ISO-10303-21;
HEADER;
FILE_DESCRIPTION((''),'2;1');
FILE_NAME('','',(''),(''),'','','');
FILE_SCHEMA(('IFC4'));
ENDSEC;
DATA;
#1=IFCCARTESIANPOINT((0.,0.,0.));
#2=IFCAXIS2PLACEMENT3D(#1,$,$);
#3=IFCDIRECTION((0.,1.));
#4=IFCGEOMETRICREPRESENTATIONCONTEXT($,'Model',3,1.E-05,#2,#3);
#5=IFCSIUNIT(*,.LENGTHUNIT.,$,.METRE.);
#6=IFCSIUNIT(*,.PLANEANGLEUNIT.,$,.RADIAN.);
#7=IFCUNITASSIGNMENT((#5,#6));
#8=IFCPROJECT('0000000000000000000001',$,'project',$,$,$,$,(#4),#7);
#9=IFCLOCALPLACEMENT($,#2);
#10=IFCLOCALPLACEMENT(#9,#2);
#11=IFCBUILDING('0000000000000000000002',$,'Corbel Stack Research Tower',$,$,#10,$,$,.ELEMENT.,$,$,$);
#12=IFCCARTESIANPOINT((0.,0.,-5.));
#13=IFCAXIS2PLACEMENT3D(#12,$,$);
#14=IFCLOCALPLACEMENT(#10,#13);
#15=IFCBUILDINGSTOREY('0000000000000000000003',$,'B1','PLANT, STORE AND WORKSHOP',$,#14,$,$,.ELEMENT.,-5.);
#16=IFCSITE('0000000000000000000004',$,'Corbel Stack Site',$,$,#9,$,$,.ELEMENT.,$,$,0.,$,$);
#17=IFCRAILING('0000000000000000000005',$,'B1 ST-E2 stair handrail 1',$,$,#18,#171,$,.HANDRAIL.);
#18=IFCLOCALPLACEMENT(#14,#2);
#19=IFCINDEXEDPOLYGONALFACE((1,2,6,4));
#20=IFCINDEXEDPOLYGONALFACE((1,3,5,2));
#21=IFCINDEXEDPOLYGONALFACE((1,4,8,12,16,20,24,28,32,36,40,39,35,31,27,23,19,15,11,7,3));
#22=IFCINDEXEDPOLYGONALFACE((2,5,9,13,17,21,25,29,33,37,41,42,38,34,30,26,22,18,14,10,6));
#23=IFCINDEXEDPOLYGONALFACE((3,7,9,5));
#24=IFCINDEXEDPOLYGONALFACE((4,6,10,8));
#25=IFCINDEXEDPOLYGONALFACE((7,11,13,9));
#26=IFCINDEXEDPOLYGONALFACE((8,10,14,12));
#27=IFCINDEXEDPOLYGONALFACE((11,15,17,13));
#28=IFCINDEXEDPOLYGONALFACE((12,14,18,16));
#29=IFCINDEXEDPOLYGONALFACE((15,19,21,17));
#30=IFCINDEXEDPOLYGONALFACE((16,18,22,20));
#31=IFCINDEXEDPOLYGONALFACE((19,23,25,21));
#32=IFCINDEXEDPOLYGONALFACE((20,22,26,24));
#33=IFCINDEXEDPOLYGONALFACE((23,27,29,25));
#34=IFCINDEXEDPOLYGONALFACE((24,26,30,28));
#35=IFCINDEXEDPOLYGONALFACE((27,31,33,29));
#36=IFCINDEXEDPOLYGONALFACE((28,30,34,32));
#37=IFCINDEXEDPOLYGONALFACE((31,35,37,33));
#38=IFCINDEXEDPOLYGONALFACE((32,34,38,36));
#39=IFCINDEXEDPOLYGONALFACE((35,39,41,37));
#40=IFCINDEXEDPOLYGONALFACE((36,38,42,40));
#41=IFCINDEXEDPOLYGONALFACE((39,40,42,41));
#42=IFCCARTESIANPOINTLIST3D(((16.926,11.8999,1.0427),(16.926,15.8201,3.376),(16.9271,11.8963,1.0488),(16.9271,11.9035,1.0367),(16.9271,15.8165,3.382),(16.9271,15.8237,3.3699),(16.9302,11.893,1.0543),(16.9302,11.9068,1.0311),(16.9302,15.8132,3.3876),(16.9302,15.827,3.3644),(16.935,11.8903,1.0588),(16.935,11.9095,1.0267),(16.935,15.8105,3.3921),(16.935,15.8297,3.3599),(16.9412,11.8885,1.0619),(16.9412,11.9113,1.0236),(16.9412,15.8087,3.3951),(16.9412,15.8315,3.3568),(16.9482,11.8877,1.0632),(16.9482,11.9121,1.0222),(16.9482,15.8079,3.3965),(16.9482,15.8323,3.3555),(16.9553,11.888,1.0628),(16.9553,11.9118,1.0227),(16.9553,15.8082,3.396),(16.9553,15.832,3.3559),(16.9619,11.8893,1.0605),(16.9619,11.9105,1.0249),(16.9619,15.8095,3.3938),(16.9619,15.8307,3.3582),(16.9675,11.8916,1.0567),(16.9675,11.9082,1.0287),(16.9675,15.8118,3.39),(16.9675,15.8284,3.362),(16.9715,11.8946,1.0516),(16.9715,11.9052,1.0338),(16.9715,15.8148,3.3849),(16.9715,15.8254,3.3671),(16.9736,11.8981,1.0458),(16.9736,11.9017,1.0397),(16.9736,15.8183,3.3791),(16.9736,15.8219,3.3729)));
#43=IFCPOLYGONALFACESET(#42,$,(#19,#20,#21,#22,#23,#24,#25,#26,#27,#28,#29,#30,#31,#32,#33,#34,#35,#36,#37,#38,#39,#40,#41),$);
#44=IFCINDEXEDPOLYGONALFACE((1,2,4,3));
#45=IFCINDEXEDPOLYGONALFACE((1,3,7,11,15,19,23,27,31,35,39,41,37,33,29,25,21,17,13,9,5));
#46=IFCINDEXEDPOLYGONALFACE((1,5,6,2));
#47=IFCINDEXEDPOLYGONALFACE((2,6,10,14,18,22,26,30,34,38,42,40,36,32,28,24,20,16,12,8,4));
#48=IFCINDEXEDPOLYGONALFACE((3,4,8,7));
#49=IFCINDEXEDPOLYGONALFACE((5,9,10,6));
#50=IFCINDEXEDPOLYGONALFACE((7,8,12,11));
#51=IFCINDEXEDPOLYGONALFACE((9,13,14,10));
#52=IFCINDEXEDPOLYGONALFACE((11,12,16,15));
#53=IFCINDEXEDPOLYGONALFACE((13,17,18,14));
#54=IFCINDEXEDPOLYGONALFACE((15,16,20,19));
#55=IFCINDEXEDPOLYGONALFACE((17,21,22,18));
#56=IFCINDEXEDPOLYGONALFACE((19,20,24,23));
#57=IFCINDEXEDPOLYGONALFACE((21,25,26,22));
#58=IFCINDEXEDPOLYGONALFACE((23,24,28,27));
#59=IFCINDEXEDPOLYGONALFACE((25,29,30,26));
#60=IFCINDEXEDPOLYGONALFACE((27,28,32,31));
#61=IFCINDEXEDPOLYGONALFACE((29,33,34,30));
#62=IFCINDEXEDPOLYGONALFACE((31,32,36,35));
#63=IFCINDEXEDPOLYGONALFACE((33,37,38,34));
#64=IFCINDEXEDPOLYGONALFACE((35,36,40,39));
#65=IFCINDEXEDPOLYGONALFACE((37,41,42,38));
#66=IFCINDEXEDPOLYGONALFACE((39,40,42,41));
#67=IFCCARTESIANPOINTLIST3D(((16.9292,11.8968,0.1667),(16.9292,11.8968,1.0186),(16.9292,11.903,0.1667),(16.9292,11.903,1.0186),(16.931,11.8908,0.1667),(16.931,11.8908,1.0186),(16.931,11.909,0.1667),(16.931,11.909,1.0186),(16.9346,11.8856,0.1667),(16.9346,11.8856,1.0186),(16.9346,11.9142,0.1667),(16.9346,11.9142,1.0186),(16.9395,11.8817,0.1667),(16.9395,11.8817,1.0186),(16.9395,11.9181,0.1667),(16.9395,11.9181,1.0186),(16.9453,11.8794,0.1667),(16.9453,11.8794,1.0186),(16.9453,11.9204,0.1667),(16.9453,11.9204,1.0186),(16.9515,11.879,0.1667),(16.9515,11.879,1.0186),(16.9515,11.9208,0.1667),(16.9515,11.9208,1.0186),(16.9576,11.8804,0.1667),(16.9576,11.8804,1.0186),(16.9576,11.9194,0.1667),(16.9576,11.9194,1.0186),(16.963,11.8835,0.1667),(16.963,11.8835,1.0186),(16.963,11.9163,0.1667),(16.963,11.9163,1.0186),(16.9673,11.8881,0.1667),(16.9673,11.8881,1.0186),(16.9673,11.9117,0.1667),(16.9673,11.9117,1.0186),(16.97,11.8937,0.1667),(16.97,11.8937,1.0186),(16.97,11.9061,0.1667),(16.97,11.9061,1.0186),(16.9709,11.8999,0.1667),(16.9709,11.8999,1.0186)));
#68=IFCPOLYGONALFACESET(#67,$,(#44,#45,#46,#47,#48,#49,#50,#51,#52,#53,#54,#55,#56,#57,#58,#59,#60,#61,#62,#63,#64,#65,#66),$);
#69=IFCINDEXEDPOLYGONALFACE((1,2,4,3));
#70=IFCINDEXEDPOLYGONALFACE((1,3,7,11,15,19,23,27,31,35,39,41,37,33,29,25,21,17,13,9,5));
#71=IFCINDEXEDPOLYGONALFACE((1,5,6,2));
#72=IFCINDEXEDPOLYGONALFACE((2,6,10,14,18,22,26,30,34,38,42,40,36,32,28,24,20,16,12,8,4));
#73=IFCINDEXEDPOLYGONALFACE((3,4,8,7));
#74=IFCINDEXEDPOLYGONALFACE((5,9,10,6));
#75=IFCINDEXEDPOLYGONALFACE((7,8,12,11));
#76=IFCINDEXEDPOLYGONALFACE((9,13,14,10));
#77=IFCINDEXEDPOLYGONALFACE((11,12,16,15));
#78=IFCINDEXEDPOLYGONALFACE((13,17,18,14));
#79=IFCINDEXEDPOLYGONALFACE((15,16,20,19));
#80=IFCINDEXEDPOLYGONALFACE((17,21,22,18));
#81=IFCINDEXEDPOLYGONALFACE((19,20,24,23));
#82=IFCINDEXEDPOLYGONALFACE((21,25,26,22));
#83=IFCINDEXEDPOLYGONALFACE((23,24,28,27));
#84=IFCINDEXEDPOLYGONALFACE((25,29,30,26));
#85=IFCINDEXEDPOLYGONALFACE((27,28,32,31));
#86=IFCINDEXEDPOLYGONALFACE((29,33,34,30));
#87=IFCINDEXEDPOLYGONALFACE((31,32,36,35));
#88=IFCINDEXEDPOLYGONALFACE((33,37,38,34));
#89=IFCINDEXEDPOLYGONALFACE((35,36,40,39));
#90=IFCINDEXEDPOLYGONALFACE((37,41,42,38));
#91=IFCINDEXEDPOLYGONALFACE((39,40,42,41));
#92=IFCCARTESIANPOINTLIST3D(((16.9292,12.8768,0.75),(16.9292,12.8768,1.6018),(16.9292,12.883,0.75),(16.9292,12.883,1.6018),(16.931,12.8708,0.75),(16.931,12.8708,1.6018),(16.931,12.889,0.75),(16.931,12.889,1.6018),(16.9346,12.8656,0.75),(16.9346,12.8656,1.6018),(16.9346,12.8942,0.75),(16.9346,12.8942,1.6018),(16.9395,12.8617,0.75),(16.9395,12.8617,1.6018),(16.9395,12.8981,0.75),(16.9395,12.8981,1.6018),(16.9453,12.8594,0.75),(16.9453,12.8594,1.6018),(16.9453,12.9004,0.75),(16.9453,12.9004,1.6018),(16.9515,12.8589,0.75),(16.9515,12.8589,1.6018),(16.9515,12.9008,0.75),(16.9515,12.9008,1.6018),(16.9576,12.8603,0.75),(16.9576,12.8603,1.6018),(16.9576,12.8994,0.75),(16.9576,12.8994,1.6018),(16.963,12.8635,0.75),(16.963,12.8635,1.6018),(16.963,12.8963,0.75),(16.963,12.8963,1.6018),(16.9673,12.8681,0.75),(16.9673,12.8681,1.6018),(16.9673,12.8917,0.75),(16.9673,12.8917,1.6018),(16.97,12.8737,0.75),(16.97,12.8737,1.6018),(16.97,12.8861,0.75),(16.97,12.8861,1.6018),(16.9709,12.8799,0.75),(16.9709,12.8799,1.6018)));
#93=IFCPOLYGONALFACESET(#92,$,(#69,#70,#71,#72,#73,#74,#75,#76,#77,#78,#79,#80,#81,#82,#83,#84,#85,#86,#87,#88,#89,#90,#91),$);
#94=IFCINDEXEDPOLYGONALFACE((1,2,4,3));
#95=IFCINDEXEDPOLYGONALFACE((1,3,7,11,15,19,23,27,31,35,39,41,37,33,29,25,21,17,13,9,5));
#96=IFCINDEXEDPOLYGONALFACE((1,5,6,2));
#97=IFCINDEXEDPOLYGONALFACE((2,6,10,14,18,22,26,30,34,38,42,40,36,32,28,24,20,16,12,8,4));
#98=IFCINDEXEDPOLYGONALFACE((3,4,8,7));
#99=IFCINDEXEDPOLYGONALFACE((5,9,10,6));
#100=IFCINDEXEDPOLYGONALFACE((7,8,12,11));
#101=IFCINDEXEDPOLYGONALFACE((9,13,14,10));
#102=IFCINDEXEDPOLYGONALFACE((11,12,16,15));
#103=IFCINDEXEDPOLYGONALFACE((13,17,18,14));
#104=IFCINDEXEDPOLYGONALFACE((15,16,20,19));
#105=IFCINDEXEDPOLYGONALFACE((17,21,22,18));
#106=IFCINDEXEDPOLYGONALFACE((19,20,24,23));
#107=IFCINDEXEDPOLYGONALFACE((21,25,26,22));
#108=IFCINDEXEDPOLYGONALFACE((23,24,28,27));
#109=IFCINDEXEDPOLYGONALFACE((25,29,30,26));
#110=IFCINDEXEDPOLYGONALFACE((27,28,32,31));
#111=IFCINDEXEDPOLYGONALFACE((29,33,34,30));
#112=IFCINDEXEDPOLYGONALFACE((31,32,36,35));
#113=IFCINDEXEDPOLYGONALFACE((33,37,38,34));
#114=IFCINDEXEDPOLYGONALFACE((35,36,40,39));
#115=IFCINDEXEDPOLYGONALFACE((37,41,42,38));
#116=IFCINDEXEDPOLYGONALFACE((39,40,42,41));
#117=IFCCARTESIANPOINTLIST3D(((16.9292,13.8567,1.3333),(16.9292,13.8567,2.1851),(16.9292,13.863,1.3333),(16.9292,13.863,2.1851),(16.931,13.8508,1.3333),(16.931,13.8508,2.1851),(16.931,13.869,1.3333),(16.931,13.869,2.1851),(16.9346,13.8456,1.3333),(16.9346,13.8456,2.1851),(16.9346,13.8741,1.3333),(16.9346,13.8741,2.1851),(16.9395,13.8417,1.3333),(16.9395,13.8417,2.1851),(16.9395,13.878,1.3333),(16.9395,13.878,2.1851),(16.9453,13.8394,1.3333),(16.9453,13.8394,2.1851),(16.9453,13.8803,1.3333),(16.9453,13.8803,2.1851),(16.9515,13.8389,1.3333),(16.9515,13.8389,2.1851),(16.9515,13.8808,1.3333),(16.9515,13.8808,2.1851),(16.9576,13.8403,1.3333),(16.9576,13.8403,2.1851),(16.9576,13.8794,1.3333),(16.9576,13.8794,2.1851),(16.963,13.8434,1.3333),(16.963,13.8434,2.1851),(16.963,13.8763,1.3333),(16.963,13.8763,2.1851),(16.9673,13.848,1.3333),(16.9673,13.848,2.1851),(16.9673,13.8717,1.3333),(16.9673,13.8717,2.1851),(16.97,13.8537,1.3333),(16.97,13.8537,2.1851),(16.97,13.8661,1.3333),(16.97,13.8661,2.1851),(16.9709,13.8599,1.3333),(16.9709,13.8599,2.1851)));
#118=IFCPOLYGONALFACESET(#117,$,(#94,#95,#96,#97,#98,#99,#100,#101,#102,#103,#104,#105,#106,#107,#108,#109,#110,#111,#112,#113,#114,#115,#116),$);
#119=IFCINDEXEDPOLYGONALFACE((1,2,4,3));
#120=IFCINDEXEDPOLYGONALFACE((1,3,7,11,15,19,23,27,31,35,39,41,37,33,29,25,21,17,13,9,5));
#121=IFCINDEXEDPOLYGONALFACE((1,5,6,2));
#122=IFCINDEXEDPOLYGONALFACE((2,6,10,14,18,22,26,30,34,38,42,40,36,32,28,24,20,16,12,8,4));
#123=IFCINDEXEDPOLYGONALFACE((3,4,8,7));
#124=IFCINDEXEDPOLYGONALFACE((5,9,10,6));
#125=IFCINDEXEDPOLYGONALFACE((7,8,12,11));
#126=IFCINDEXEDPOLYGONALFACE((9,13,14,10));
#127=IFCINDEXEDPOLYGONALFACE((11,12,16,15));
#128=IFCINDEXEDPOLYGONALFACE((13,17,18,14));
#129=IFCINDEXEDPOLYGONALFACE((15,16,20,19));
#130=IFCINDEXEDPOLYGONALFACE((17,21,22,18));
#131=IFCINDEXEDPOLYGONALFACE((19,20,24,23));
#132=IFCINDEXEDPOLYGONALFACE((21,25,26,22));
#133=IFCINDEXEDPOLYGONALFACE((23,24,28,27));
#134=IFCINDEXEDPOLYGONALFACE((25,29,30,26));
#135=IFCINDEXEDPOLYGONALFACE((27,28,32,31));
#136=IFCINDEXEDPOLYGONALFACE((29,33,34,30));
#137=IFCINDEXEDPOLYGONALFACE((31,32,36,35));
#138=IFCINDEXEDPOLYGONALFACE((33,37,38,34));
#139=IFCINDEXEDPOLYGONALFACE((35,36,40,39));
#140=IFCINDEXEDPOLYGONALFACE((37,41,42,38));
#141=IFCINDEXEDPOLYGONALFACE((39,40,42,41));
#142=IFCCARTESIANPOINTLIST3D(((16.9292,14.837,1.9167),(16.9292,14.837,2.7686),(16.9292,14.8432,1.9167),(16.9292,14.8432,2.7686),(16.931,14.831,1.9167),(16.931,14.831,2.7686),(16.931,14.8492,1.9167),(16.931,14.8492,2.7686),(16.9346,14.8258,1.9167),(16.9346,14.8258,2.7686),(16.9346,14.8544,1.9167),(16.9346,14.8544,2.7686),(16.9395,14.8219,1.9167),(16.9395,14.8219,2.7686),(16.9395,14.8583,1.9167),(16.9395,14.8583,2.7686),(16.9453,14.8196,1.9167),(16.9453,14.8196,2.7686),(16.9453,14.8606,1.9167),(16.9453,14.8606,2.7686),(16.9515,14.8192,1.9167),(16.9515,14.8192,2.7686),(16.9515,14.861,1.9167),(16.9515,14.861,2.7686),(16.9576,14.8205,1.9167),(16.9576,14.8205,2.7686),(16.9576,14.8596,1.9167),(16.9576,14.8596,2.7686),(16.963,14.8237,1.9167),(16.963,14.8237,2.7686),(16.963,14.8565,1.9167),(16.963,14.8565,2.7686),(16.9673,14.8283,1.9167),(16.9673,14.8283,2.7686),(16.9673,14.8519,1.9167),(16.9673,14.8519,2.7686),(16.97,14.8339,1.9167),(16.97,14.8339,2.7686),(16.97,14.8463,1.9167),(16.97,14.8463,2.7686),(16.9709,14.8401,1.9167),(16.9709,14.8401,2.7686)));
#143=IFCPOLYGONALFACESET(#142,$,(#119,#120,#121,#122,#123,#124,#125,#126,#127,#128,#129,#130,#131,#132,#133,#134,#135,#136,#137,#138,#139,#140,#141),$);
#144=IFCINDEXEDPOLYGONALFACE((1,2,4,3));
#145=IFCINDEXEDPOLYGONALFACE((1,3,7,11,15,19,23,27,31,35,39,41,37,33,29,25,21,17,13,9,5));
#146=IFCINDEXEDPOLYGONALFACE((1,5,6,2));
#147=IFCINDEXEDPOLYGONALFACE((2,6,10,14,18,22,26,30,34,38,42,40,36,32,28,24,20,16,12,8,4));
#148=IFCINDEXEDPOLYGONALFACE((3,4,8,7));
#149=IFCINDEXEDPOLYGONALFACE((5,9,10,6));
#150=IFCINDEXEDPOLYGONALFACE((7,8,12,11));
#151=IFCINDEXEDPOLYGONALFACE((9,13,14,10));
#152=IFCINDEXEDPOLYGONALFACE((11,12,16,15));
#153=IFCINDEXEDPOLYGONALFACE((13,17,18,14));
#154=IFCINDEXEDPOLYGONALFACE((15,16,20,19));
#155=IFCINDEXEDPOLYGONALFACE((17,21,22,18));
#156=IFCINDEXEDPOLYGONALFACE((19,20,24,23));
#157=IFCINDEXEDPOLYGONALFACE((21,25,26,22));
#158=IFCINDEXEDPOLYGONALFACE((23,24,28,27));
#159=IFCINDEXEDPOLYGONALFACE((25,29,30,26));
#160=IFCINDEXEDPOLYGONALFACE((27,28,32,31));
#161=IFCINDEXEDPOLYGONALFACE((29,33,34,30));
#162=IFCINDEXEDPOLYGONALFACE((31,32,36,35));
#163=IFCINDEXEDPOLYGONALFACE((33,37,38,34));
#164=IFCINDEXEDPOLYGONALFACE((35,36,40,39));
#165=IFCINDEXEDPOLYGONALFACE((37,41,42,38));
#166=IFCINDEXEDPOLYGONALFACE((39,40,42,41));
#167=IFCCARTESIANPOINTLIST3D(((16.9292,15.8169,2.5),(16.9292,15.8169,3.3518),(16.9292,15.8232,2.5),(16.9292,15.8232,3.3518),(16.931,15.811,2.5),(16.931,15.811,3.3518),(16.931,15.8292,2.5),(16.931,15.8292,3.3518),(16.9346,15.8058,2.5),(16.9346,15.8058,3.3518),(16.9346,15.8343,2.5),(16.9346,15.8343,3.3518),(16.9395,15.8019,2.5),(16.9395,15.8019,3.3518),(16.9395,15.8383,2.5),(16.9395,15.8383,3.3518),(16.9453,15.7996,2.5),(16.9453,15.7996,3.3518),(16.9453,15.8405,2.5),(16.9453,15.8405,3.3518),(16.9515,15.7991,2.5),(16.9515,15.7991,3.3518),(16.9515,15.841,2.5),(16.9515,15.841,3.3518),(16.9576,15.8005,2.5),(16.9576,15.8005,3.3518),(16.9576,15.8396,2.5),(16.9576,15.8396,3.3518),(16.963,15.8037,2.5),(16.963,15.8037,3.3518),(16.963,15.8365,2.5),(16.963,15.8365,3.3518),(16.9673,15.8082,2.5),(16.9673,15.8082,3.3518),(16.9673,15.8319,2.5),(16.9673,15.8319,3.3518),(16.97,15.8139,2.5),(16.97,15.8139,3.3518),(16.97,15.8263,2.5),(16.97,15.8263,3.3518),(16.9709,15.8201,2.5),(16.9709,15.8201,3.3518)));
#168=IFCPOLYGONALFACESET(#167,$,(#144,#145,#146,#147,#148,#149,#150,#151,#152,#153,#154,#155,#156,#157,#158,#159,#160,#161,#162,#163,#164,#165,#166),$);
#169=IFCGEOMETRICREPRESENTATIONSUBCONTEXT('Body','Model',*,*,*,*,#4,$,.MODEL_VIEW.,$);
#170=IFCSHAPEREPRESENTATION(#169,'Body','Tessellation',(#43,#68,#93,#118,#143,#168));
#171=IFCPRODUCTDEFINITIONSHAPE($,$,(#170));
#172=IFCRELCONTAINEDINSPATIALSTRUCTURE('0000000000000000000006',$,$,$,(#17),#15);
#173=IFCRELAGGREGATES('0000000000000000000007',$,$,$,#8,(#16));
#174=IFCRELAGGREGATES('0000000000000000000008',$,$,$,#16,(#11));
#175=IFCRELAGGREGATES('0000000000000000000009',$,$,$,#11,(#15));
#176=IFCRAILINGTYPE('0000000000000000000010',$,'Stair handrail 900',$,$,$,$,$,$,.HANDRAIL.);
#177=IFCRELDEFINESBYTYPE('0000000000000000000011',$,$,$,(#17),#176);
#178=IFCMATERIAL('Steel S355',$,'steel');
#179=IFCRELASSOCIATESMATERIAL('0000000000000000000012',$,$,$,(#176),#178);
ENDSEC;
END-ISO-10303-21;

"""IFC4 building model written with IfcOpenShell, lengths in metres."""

from ifc_helpers import new_model, si_unit, direction, frame, origin, origin_2d, place, context, subcontext, project, spatial, circle, extrude, material, type_object, element, save


model = new_model("IFC4")

# Units and contexts
model_context = context("Model", 3, precision=1e-05, world=origin(), true_north=direction((0.0, 1.0)))
body_context = subcontext(model_context, "Body", "Model", "MODEL_VIEW")
ifc_project = project(units=[si_unit("LENGTHUNIT", "METRE"), si_unit("PLANEANGLEUNIT", "RADIAN")], contexts=[model_context])

# Site, building, storey
site_placement = place(None, origin())
site = spatial("IfcSite", under=ifc_project, at=site_placement, Name="Corbel Stack Site", CompositionType="ELEMENT", RefElevation=0.0)
building_placement = place(site_placement, origin())
building = spatial("IfcBuilding", under=site, at=building_placement, Name="Corbel Stack Research Tower", CompositionType="ELEMENT")
storey_placement = place(building_placement, frame((0.0, 0.0, -5.0)))
storey = spatial("IfcBuildingStorey", under=building, at=storey_placement, Name="B1", Description="PLANT, STORE AND WORKSHOP", CompositionType="ELEMENT", Elevation=-5.0)

# Railing
ifc_material_1 = material(Name="Steel S355", Category="steel")
railing_type_1 = type_object("IfcRailingType", Name="Stair handrail 900", PredefinedType="HANDRAIL", material=ifc_material_1)
railing_1_placement = place(storey_placement, frame((16.95, 11.8999, 0.1667)))
element("IfcRailing", 1, at=railing_1_placement, inside=storey, type_object=railing_type_1, Name="B1 ST-E2 stair handrail 1", PredefinedType="HANDRAIL", context=body_context, shape_type="SweptSolid", body=[
    extrude(circle(Radius=0.0239, at=origin_2d()), frame((0.0, 0.0, 0.876), z_axis=(0.0, 0.85931, 0.511455), x_axis=(-1.0, 0.0, 0.0)), (0.0, 0.0, 1.0), 4.562),
    extrude(circle(Radius=0.021, at=origin_2d()), origin(), (0.0, 0.0, 1.0), 0.8518),
    extrude(circle(Radius=0.021, at=origin_2d()), frame((0.0, 0.98, 0.5833)), (0.0, 0.0, 1.0), 0.8518),
    extrude(circle(Radius=0.021, at=origin_2d()), frame((0.0, 1.96, 1.1665)), (0.0, 0.0, 1.0), 0.8518),
    extrude(circle(Radius=0.021, at=origin_2d()), frame((0.0, 2.9402, 1.75)), (0.0, 0.0, 1.0), 0.8518),
    extrude(circle(Radius=0.021, at=origin_2d()), frame((0.0, 3.9202, 2.3333)), (0.0, 0.0, 1.0), 0.8518),
])

save(model, "model.ifc")
